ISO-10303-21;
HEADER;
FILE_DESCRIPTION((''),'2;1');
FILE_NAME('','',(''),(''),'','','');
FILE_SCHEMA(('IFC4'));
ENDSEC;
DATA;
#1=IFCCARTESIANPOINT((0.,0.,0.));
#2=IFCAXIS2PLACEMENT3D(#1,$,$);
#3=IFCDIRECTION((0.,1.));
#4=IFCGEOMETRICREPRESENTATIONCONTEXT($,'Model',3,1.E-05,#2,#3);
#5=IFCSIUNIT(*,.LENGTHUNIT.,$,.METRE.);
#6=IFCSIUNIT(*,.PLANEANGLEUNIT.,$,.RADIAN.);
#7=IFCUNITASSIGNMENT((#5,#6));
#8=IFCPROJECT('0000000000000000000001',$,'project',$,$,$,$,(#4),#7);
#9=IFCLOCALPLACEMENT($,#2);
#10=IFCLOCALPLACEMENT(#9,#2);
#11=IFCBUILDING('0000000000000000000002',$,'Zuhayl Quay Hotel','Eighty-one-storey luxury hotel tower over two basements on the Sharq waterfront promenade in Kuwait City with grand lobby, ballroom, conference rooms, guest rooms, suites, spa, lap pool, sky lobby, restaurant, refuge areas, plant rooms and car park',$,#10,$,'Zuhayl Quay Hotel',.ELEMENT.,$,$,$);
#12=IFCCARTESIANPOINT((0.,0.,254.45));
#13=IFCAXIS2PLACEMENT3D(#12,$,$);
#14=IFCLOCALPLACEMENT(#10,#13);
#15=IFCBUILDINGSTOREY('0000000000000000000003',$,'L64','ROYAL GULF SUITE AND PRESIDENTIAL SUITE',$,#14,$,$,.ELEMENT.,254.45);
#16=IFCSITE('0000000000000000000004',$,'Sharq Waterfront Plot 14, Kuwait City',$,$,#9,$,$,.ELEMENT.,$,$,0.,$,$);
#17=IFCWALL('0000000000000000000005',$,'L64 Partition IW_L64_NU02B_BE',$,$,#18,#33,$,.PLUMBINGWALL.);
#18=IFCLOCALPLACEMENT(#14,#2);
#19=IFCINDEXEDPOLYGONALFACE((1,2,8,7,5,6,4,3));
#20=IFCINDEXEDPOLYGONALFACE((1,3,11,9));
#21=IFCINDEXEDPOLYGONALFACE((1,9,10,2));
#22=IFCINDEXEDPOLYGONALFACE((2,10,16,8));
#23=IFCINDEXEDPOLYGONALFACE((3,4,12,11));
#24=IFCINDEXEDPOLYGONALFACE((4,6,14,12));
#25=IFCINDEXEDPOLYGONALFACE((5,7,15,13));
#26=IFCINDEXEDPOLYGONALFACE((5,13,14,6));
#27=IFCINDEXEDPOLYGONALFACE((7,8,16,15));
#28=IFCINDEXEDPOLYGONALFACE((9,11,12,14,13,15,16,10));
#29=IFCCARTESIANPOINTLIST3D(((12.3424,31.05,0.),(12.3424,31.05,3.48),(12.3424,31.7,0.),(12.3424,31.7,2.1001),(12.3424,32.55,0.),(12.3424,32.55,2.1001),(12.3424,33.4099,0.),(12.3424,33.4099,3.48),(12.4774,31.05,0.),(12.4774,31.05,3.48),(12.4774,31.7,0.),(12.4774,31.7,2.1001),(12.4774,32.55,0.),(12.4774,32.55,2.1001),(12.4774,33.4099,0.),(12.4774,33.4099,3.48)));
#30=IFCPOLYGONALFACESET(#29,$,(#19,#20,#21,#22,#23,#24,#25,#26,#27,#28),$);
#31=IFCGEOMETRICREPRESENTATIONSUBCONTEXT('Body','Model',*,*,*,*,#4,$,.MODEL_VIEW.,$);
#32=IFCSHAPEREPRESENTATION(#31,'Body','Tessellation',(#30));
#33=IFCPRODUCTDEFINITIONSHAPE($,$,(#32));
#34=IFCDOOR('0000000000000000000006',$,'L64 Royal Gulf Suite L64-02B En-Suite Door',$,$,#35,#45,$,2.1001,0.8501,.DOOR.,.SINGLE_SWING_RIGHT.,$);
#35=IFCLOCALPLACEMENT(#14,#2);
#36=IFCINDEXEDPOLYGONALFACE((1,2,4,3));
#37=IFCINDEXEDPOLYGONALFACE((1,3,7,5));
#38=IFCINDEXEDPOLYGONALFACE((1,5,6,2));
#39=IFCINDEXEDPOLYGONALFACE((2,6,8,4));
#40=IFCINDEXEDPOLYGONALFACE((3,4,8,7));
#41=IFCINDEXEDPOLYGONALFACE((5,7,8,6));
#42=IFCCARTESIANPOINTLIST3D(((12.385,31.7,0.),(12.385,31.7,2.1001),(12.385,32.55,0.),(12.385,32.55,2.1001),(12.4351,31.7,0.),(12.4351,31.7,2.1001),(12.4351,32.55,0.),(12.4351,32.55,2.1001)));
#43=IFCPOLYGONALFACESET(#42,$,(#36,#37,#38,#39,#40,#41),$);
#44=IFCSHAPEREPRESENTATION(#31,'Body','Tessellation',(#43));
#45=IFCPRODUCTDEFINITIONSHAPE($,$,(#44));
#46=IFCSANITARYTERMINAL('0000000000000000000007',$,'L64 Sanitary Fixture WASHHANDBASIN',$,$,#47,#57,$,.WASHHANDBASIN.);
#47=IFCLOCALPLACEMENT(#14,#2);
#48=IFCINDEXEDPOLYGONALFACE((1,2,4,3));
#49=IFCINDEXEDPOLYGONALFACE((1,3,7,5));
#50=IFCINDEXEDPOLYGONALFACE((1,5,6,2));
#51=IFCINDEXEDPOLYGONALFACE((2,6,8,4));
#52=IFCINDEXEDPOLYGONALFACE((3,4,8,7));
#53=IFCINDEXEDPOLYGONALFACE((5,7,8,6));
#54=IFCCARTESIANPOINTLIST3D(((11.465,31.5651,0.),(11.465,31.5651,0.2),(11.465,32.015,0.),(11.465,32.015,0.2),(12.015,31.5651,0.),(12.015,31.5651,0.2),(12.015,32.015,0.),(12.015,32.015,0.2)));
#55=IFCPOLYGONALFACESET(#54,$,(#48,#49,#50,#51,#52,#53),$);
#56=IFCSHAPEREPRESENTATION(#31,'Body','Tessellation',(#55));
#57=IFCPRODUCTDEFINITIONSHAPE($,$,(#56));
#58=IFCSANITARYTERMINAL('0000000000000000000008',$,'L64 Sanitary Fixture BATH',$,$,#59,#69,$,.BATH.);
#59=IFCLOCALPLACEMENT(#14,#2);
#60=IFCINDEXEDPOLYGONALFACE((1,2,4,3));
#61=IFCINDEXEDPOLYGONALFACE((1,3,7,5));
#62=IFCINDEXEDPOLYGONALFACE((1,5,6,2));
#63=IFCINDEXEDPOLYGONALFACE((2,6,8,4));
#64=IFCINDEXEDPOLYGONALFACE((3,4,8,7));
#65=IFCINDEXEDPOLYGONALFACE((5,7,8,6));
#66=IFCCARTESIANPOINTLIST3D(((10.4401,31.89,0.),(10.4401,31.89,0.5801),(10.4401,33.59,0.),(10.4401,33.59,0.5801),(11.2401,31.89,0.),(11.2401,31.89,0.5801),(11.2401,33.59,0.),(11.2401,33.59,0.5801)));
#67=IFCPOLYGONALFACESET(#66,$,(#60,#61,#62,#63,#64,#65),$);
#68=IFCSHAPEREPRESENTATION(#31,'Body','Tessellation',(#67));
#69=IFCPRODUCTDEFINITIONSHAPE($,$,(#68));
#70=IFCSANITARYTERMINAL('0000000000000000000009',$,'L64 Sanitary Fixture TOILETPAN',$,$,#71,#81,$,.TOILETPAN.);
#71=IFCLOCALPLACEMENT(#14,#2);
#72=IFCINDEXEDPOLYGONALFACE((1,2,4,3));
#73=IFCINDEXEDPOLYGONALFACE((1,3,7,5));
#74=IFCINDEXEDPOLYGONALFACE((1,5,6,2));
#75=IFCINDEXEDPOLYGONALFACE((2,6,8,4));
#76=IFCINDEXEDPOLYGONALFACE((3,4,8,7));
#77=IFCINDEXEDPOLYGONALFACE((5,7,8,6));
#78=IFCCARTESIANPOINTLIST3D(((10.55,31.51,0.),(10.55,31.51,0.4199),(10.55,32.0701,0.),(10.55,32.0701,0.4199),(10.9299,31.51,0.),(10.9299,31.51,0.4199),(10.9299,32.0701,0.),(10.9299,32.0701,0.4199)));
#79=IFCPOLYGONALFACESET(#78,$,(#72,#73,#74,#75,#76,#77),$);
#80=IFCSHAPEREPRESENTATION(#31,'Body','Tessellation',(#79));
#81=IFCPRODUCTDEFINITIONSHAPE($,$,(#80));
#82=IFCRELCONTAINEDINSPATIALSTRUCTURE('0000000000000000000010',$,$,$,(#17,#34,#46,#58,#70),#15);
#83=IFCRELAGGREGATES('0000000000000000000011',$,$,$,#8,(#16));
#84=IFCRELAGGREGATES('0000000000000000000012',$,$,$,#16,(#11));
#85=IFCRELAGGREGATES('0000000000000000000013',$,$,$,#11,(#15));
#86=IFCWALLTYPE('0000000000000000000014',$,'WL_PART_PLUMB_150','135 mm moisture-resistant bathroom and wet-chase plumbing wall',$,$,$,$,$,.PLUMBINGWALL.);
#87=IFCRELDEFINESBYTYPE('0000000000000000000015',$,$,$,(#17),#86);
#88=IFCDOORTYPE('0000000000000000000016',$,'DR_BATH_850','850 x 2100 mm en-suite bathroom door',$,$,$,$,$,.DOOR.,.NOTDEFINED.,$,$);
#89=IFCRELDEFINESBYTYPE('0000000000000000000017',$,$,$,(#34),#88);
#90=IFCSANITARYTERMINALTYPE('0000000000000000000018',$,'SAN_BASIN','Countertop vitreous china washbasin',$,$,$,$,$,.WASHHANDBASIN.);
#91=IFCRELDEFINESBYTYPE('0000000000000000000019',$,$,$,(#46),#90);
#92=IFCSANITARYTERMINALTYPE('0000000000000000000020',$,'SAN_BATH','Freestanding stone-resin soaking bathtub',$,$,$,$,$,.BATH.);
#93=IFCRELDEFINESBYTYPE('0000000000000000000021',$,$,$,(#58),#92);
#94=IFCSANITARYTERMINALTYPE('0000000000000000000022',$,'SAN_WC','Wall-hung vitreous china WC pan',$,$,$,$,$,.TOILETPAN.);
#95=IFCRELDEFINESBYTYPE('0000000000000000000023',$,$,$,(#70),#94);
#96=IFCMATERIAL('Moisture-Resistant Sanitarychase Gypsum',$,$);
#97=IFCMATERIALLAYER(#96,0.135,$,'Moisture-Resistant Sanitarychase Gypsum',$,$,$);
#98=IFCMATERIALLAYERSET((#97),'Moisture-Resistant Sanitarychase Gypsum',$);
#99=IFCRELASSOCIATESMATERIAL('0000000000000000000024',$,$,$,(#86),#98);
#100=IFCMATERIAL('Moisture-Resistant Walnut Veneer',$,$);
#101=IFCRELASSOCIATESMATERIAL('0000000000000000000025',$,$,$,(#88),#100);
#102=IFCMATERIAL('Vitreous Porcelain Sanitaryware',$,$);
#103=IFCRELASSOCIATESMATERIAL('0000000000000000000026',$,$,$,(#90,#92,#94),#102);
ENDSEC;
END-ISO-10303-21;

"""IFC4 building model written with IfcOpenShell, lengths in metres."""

from ifc_helpers import new_model, si_unit, direction, frame, frame_2d, origin, origin_2d, place, context, subcontext, project, spatial, rectangle, extrude, material, layer, layer_set, type_object, element, fill, save


model = new_model("IFC4")

# Units and contexts
model_context = context("Model", 3, precision=1e-05, world=origin(), true_north=direction((0.0, 1.0)))
body_context = subcontext(model_context, "Body", "Model", "MODEL_VIEW")
ifc_project = project(units=[si_unit("LENGTHUNIT", "METRE"), si_unit("PLANEANGLEUNIT", "RADIAN")], contexts=[model_context])

# Site, building, storey
site_placement = place(None, origin())
site = spatial("IfcSite", under=ifc_project, at=site_placement, Name="Sharq Waterfront Plot 14, Kuwait City", CompositionType="ELEMENT", RefElevation=0.0)
building_placement = place(site_placement, origin())
building = spatial("IfcBuilding", under=site, at=building_placement, Name="Zuhayl Quay Hotel", Description="Eighty-one-storey luxury hotel tower over two basements on the Sharq waterfront promenade in Kuwait City with grand lobby, ballroom, conference rooms, guest rooms, suites, spa, lap pool, sky lobby, restaurant, refuge areas, plant rooms and car park", LongName="Zuhayl Quay Hotel", CompositionType="ELEMENT")
storey_placement = place(building_placement, frame((0.0, 0.0, 254.45)))
storey = spatial("IfcBuildingStorey", under=building, at=storey_placement, Name="L64", Description="ROYAL GULF SUITE AND PRESIDENTIAL SUITE", CompositionType="ELEMENT", Elevation=254.45)

# Wall, opening, door
ifc_material_1 = material(Name="Moisture-Resistant Sanitarychase Gypsum")
ifc_layer_1 = layer(ifc_material_1, 0.135, Name="Moisture-Resistant Sanitarychase Gypsum")
ifc_layer_set_1 = layer_set([ifc_layer_1], Name="Moisture-Resistant Sanitarychase Gypsum")
wall_type_1 = type_object("IfcWallType", Name="WL_PART_PLUMB_150", Description="135 mm moisture-resistant bathroom and wet-chase plumbing wall", PredefinedType="PLUMBINGWALL", material=ifc_layer_set_1)
wall_1_placement = place(storey_placement, frame((12.4099, 31.05, 0.0), z_axis=(0.0, 0.0, 1.0), x_axis=(0.0, 1.0, 0.0)))
wall_1 = element("IfcWall", 1, at=wall_1_placement, inside=storey, type_object=wall_type_1, Name="L64 Partition IW_L64_NU02B_BE", PredefinedType="PLUMBINGWALL", context=body_context, shape_type="SweptSolid", body=[
    extrude(rectangle(XDim=2.3599, YDim=0.135, at=frame_2d((1.1799, 0.0))), origin(), (0.0, 0.0, 1.0), 3.48),
])
opening_1_placement = place(wall_1_placement, frame((0.6499, 0.0, 0.0)))
opening_1 = element("IfcOpeningElement", 2, at=opening_1_placement, cuts=wall_1, PredefinedType="OPENING", context=body_context, shape_type="SweptSolid", body=[
    extrude(rectangle(XDim=0.8501, YDim=2.1001, at=frame_2d((0.425, 1.05))), frame((0.0, 0.0774, 0.0), z_axis=(0.0, -1.0, 0.0), x_axis=(1.0, 0.0, 0.0)), (0.0, 0.0, 1.0), 0.155),
])
ifc_material_2 = material(Name="Moisture-Resistant Walnut Veneer")
door_type = type_object("IfcDoorType", Name="DR_BATH_850", Description="850 x 2100 mm en-suite bathroom door", OperationType="NOTDEFINED", PredefinedType="DOOR", material=ifc_material_2)
door_placement = place(opening_1_placement, origin())
door = element("IfcDoor", 3, at=door_placement, inside=storey, type_object=door_type, Name="L64 Royal Gulf Suite L64-02B En-Suite Door", OperationType="SINGLE_SWING_RIGHT", OverallHeight=2.1001, OverallWidth=0.8501, PredefinedType="DOOR", context=body_context, shape_type="SweptSolid", body=[
    extrude(rectangle(XDim=0.8501, YDim=2.1001, at=frame_2d((0.425, 1.05))), frame((0.0, 0.0249, 0.0), z_axis=(0.0, -1.0, 0.0), x_axis=(1.0, 0.0, 0.0)), (0.0, 0.0, 1.0), 0.05),
])
fill(opening_1, door)

# Sanitary terminals
ifc_material_3 = material(Name="Vitreous Porcelain Sanitaryware")
sanitary_terminal_type_1 = type_object("IfcSanitaryTerminalType", Name="SAN_BASIN", Description="Countertop vitreous china washbasin", PredefinedType="WASHHANDBASIN", material=ifc_material_3)
sanitary_terminal_1_placement = place(storey_placement, frame((11.74, 31.79, 0.0), z_axis=(0.0, 0.0, 1.0), x_axis=(1.0, 0.0, 0.0)))
element("IfcSanitaryTerminal", 4, at=sanitary_terminal_1_placement, inside=storey, type_object=sanitary_terminal_type_1, Name="L64 Sanitary Fixture WASHHANDBASIN", PredefinedType="WASHHANDBASIN", context=body_context, shape_type="SweptSolid", body=[
    extrude(rectangle(XDim=0.55, YDim=0.45, at=origin_2d()), origin(), (0.0, 0.0, 1.0), 0.2),
])
sanitary_terminal_type_2 = type_object("IfcSanitaryTerminalType", Name="SAN_BATH", Description="Freestanding stone-resin soaking bathtub", PredefinedType="BATH", material=ifc_material_3)
sanitary_terminal_2_placement = place(storey_placement, frame((10.8401, 32.74, 0.0), z_axis=(0.0, 0.0, 1.0), x_axis=(1.0, 0.0, 0.0)))
element("IfcSanitaryTerminal", 5, at=sanitary_terminal_2_placement, inside=storey, type_object=sanitary_terminal_type_2, Name="L64 Sanitary Fixture BATH", PredefinedType="BATH", context=body_context, shape_type="SweptSolid", body=[
    extrude(rectangle(XDim=0.8, YDim=1.7, at=origin_2d()), origin(), (0.0, 0.0, 1.0), 0.5801),
])
sanitary_terminal_type_3 = type_object("IfcSanitaryTerminalType", Name="SAN_WC", Description="Wall-hung vitreous china WC pan", PredefinedType="TOILETPAN", material=ifc_material_3)
sanitary_terminal_3_placement = place(storey_placement, frame((10.74, 31.79, 0.0), z_axis=(0.0, 0.0, 1.0), x_axis=(1.0, 0.0, 0.0)))
element("IfcSanitaryTerminal", 6, at=sanitary_terminal_3_placement, inside=storey, type_object=sanitary_terminal_type_3, Name="L64 Sanitary Fixture TOILETPAN", PredefinedType="TOILETPAN", context=body_context, shape_type="SweptSolid", body=[
    extrude(rectangle(XDim=0.3799, YDim=0.5601, at=origin_2d()), origin(), (0.0, 0.0, 1.0), 0.4199),
])

save(model, "model.ifc")
